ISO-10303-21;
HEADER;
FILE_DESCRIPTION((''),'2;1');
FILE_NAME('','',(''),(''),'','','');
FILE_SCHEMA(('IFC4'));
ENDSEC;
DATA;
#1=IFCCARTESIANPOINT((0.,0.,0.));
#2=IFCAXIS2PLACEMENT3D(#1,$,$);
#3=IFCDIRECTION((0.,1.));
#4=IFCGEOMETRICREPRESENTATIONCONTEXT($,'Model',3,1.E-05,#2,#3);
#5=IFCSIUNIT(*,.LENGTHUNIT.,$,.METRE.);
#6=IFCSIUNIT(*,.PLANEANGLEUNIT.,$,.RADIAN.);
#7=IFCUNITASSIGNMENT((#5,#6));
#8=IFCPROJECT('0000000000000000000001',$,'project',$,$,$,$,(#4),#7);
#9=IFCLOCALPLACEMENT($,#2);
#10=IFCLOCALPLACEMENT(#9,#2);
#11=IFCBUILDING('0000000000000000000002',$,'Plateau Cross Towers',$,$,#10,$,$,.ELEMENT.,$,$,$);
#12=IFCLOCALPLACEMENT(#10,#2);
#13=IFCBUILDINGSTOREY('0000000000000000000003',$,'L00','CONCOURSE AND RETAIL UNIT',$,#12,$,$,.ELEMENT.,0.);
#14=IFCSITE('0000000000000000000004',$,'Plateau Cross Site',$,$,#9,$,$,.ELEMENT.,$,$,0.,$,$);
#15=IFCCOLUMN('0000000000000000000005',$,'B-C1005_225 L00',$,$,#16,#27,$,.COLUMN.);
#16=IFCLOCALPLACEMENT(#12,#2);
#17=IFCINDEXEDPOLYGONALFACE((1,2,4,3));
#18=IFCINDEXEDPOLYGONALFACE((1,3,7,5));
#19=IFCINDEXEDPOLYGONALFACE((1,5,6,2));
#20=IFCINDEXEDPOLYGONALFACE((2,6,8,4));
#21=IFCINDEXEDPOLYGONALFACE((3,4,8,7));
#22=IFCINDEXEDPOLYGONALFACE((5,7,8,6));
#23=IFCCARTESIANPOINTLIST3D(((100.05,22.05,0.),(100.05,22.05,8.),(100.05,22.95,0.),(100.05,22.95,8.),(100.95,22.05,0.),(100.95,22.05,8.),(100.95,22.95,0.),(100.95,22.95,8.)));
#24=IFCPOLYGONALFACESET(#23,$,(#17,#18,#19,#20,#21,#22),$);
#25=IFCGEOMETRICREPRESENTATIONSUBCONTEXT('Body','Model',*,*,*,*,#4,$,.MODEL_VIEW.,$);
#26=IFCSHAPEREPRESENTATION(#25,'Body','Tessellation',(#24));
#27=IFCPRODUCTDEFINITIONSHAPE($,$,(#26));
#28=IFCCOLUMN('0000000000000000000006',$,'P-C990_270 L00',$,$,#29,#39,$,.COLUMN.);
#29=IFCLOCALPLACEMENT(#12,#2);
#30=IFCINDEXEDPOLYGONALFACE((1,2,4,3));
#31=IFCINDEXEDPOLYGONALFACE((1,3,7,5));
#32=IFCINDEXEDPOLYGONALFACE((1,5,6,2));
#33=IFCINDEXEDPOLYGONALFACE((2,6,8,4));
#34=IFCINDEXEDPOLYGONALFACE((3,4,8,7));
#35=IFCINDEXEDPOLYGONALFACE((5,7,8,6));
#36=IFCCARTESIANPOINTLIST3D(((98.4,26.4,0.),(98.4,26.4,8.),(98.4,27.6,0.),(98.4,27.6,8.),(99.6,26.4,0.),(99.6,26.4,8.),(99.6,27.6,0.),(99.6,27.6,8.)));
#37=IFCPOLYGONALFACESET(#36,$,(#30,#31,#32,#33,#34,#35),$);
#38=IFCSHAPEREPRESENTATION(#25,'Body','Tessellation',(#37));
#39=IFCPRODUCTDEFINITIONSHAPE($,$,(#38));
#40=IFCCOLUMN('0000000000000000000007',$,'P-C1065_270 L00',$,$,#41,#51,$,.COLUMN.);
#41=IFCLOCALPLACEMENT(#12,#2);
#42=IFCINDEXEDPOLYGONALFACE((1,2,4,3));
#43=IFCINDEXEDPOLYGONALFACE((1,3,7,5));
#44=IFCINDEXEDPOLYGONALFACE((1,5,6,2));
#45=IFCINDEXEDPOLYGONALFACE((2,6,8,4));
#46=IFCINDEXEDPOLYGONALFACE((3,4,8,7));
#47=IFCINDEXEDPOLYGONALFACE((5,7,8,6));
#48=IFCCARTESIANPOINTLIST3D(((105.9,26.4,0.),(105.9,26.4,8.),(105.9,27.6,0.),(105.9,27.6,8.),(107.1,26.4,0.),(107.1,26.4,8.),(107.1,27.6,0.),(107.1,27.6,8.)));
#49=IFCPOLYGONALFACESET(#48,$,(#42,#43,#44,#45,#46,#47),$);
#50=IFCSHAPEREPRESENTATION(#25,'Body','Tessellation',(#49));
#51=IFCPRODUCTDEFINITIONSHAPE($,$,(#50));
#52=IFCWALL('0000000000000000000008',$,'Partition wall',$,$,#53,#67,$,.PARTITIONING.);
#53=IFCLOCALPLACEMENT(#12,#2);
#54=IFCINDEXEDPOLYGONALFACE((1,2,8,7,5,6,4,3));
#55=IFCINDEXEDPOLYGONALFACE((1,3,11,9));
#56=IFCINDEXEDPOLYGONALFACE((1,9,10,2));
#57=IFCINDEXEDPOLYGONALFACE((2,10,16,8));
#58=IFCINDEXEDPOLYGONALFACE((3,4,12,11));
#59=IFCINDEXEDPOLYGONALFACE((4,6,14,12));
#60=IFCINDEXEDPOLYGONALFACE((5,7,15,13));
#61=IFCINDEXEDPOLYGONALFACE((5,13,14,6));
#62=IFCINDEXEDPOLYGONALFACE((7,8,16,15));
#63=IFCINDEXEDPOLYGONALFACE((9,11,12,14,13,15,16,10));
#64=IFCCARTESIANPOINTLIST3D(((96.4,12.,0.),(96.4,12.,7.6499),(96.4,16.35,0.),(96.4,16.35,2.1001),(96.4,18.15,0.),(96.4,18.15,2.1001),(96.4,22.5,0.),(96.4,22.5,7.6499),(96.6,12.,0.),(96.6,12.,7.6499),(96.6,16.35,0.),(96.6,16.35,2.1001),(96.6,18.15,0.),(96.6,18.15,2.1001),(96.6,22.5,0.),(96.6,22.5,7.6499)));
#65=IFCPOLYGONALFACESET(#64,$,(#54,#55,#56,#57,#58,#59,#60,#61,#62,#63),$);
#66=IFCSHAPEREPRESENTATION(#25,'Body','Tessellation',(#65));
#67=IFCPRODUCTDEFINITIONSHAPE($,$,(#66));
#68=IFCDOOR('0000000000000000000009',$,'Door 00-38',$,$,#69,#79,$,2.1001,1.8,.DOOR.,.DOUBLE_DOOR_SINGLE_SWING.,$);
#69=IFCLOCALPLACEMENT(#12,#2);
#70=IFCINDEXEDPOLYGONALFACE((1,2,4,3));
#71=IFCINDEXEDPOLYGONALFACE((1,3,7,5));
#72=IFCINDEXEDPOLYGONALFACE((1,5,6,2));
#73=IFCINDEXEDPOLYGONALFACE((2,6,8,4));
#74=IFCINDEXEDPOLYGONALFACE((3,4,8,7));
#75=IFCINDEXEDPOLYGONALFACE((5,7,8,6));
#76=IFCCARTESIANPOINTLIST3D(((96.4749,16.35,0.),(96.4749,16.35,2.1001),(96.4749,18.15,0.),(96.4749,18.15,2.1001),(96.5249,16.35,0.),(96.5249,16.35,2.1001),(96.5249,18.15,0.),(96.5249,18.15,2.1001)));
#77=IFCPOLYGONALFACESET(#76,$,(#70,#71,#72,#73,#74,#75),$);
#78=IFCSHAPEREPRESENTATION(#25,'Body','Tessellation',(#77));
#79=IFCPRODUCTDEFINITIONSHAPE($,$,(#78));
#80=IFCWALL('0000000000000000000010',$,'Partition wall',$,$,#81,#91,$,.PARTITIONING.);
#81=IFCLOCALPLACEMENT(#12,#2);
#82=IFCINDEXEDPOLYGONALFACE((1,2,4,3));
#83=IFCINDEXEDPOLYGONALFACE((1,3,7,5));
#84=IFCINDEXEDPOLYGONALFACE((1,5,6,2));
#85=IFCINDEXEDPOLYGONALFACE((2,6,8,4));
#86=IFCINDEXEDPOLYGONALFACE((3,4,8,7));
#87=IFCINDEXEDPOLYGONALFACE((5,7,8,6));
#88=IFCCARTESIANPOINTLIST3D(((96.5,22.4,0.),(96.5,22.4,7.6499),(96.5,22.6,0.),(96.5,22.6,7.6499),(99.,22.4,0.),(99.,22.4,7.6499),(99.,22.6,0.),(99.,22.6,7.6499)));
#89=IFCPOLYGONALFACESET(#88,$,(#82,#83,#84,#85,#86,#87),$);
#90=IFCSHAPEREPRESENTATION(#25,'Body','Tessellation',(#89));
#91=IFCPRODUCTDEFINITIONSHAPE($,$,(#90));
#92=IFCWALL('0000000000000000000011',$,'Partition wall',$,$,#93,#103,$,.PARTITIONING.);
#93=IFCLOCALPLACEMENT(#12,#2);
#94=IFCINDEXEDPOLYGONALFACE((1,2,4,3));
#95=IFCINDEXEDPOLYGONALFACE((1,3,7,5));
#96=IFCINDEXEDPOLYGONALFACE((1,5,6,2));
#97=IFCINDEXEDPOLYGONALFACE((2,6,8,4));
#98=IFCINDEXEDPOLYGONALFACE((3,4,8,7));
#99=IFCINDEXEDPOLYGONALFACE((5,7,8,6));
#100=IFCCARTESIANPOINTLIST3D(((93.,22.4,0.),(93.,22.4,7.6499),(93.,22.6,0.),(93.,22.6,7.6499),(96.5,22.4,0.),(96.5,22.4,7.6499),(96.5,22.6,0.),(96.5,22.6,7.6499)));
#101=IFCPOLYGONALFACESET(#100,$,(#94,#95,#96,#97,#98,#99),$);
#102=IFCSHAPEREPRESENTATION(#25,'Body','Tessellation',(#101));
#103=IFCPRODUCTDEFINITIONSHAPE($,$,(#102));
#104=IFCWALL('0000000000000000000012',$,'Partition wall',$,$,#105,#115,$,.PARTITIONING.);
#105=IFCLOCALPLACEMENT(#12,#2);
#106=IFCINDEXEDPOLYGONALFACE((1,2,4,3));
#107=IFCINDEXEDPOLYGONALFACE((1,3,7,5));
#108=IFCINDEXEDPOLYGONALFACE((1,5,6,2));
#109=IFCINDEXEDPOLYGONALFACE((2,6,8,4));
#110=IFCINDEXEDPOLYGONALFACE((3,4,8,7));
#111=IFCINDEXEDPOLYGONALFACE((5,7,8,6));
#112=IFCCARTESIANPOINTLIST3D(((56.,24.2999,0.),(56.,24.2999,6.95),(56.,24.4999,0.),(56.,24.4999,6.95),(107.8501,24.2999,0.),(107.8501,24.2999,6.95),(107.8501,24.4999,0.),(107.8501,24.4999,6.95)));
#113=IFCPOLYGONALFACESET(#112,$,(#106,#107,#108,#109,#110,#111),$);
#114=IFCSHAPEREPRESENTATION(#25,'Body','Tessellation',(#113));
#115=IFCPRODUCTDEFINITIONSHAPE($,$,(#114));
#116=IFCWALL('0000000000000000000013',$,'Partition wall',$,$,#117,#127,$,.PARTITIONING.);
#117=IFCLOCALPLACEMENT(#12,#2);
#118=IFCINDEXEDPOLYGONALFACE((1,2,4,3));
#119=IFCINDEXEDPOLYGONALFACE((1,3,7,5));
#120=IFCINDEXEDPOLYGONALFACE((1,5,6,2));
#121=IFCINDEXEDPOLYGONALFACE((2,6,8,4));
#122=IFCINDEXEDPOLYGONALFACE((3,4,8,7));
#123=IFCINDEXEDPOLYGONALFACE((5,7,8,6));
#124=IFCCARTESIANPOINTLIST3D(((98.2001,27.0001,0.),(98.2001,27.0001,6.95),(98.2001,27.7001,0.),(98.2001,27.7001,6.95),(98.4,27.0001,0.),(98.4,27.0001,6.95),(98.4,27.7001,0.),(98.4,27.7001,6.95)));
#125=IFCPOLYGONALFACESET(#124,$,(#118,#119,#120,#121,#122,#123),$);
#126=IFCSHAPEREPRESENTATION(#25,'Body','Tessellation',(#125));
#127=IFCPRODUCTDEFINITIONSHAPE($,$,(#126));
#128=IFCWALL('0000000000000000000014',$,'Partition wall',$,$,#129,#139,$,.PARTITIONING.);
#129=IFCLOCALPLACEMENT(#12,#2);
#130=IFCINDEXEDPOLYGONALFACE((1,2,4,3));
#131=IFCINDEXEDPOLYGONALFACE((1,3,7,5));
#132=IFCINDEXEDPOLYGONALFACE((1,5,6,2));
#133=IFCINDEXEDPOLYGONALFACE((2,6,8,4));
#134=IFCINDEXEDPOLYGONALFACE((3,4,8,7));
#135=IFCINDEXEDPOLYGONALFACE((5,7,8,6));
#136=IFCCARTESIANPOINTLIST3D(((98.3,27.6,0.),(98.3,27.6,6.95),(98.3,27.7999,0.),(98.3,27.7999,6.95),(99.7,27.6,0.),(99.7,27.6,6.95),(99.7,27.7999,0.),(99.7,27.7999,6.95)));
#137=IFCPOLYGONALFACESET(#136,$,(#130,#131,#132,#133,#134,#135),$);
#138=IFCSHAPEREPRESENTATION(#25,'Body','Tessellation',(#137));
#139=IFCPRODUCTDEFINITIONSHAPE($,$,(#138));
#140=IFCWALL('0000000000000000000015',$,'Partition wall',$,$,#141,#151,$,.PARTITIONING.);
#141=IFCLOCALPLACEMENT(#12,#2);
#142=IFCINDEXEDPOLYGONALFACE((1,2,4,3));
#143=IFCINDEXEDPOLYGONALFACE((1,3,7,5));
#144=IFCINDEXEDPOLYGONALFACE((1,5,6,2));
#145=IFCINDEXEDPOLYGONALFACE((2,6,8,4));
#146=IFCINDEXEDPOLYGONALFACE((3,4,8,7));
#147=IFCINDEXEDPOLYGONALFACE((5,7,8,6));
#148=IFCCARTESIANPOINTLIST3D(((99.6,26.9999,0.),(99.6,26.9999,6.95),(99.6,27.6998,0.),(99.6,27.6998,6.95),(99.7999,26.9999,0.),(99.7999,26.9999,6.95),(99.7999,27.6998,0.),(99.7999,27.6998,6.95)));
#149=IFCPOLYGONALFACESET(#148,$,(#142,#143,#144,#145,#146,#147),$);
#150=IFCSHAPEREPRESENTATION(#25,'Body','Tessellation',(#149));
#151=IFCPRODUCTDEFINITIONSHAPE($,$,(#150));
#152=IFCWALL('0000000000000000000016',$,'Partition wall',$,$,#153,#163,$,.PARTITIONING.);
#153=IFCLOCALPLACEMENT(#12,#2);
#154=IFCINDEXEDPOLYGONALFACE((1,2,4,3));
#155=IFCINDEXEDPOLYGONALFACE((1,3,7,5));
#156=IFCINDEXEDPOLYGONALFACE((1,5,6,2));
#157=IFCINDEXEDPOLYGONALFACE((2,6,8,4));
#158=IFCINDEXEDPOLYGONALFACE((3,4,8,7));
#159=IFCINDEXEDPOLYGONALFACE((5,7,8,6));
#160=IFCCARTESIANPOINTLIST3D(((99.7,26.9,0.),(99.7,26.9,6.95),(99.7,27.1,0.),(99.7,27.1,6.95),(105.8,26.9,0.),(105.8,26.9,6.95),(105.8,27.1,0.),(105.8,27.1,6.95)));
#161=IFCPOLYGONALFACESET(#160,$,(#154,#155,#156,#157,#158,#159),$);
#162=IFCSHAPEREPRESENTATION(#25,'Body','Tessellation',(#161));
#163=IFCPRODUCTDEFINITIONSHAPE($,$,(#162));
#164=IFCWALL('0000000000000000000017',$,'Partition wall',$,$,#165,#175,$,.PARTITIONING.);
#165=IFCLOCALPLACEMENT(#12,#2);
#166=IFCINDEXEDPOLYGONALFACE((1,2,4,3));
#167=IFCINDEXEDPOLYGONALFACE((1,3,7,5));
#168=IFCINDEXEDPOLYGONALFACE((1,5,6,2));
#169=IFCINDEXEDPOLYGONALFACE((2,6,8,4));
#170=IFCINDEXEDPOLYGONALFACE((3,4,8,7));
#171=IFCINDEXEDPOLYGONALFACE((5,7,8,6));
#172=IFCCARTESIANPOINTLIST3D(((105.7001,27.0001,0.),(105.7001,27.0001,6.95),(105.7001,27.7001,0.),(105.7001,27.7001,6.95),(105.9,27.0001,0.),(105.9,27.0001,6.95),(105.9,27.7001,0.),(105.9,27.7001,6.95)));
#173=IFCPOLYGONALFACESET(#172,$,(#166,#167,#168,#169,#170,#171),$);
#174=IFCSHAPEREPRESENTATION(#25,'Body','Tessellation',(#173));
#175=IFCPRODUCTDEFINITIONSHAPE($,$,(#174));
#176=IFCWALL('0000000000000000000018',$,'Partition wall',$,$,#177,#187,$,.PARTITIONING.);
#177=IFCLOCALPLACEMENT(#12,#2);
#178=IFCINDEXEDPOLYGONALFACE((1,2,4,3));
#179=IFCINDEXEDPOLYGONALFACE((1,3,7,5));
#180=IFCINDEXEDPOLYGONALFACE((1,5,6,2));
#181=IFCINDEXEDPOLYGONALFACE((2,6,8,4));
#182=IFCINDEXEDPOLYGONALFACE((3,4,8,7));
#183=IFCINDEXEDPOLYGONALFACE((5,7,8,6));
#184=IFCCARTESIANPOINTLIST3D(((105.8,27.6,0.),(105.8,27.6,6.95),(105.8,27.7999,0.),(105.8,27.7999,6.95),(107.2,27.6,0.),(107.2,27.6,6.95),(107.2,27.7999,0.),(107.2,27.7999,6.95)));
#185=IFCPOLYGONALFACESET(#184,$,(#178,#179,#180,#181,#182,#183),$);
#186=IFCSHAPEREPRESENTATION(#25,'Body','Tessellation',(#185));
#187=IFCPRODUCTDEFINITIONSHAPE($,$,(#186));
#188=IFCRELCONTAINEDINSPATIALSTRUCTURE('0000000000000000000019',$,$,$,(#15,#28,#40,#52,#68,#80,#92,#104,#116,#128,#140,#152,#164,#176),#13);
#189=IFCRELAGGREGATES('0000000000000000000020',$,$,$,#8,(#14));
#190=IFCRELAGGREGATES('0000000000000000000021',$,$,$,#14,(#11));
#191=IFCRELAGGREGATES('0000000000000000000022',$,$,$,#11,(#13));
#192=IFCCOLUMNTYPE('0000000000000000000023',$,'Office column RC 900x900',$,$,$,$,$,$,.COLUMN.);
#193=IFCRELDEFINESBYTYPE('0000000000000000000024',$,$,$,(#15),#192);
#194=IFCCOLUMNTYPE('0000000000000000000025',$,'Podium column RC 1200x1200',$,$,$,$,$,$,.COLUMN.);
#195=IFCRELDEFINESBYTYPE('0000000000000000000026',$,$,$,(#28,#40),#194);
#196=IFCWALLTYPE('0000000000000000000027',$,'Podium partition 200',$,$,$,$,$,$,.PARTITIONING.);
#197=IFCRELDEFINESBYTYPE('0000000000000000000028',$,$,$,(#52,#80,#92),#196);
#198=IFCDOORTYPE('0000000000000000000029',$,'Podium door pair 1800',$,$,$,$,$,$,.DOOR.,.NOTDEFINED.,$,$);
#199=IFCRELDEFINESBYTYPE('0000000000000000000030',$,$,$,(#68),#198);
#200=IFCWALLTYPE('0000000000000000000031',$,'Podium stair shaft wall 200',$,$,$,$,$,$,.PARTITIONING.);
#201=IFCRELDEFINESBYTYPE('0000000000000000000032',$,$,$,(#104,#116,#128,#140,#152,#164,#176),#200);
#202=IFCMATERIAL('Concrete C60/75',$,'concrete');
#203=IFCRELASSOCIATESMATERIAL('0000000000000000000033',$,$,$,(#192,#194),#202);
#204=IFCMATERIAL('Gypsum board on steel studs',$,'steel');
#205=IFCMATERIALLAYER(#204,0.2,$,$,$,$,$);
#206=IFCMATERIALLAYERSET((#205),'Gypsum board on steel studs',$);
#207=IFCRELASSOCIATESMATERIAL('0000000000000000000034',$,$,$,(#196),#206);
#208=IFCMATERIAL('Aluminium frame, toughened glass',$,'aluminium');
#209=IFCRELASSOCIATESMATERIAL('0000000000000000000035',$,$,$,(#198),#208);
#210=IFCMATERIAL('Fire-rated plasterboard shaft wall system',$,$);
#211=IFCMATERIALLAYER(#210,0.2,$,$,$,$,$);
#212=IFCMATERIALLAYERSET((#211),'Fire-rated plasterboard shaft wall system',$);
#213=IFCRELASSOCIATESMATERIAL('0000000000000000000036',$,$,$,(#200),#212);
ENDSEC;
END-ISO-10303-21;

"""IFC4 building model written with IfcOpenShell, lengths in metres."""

from ifc_helpers import new_model, si_unit, direction, frame, frame_2d, origin, origin_2d, place, context, subcontext, project, spatial, rectangle, extrude, material, layer, layer_set, material_profile, profile_set, type_object, element, fill, save


model = new_model("IFC4")

# Units and contexts
model_context = context("Model", 3, precision=1e-05, world=origin(), true_north=direction((0.0, 1.0)))
body_context = subcontext(model_context, "Body", "Model", "MODEL_VIEW")
ifc_project = project(units=[si_unit("LENGTHUNIT", "METRE"), si_unit("PLANEANGLEUNIT", "RADIAN")], contexts=[model_context])

# Site, building, storey
site_placement = place(None, origin())
site = spatial("IfcSite", under=ifc_project, at=site_placement, Name="Plateau Cross Site", CompositionType="ELEMENT", RefElevation=0.0)
building_placement = place(site_placement, origin())
building = spatial("IfcBuilding", under=site, at=building_placement, Name="Plateau Cross Towers", CompositionType="ELEMENT")
storey_placement = place(building_placement, origin())
storey = spatial("IfcBuildingStorey", under=building, at=storey_placement, Name="L00", Description="CONCOURSE AND RETAIL UNIT", CompositionType="ELEMENT", Elevation=0.0)

# Columns
ifc_material_1 = material(Name="Concrete C60/75", Category="concrete")
ifc_material_profile_1 = material_profile(ifc_material_1, rectangle(XDim=0.8999, YDim=0.8999, at=origin_2d()), Name="RC 900x900")
ifc_profile_set_1 = profile_set([ifc_material_profile_1], Name="Concrete C60/75")
column_type_1 = type_object("IfcColumnType", Name="Office column RC 900x900", PredefinedType="COLUMN", material=ifc_profile_set_1)
column_placement = place(storey_placement, frame((100.5, 22.5, 0.0), z_axis=(0.0, 0.0, 1.0), x_axis=(1.0, 0.0, 0.0)))
element("IfcColumn", 1, at=column_placement, inside=storey, type_object=column_type_1, Name="B-C1005_225 L00", PredefinedType="COLUMN", context=body_context, shape_type="SweptSolid", body=[
    extrude(rectangle(XDim=0.8999, YDim=0.8999, at=origin_2d()), origin(), (0.0, 0.0, 1.0), 8.0),
])
ifc_material_profile_2 = material_profile(ifc_material_1, rectangle(XDim=1.2, YDim=1.2, at=origin_2d()), Name="RC 1200x1200")
ifc_profile_set_2 = profile_set([ifc_material_profile_2], Name="Concrete C60/75")
column_type_2 = type_object("IfcColumnType", Name="Podium column RC 1200x1200", PredefinedType="COLUMN", material=ifc_profile_set_2)
for number, where, z_axis, x_axis, name in (
    (2, (99.0, 27.0, 0.0), (0.0, 0.0, 1.0), (1.0, 0.0, 0.0), "P-C990_270 L00"),
    (3, (106.5, 27.0, 0.0), (0.0, 0.0, 1.0), (1.0, 0.0, 0.0), "P-C1065_270 L00"),
):
    element("IfcColumn", number, at=place(storey_placement, frame(where, z_axis=z_axis, x_axis=x_axis)), inside=storey, type_object=column_type_2, Name=name, PredefinedType="COLUMN", context=body_context, shape_type="SweptSolid", body=[
        extrude(rectangle(XDim=1.2, YDim=1.2, at=origin_2d()), origin(), (0.0, 0.0, 1.0), 8.0),
    ])

# Wall, opening, door
ifc_material_2 = material(Name="Gypsum board on steel studs", Category="steel")
ifc_layer_1 = layer(ifc_material_2, 0.2)
ifc_layer_set_1 = layer_set([ifc_layer_1], Name="Gypsum board on steel studs")
wall_type_1 = type_object("IfcWallType", Name="Podium partition 200", PredefinedType="PARTITIONING", material=ifc_layer_set_1)
wall_1_placement = place(storey_placement, frame((96.5, 22.5, 0.0), z_axis=(0.0, 0.0, 1.0), x_axis=(0.0, -1.0, 0.0)))
wall_1 = element("IfcWall", 4, at=wall_1_placement, inside=storey, type_object=wall_type_1, Name="Partition wall", PredefinedType="PARTITIONING", context=body_context, shape_type="SweptSolid", body=[
    extrude(rectangle(XDim=10.5, YDim=0.2, at=frame_2d((5.25, 0.0))), origin(), (0.0, 0.0, 1.0), 7.6499),
])
opening_placement = place(wall_1_placement, frame((4.3501, 0.0, 0.0)))
opening = element("IfcOpeningElement", 5, at=opening_placement, cuts=wall_1, PredefinedType="OPENING", context=body_context, shape_type="SweptSolid", body=[
    extrude(rectangle(XDim=1.8, YDim=2.1001, at=frame_2d((0.8999, 1.05))), frame((0.0, 0.1099, 0.0), z_axis=(0.0, -1.0, 0.0), x_axis=(1.0, 0.0, 0.0)), (0.0, 0.0, 1.0), 0.22),
])
ifc_material_3 = material(Name="Aluminium frame, toughened glass", Category="aluminium")
door_type = type_object("IfcDoorType", Name="Podium door pair 1800", OperationType="NOTDEFINED", PredefinedType="DOOR", material=ifc_material_3)
door_placement = place(opening_placement, origin())
door = element("IfcDoor", 6, at=door_placement, inside=storey, type_object=door_type, Name="Door 00-38", OperationType="DOUBLE_DOOR_SINGLE_SWING", OverallHeight=2.1001, OverallWidth=1.8, PredefinedType="DOOR", context=body_context, shape_type="SweptSolid", body=[
    extrude(rectangle(XDim=1.8, YDim=2.1001, at=frame_2d((0.8999, 1.05))), frame((0.0, 0.0249, 0.0), z_axis=(0.0, -1.0, 0.0), x_axis=(1.0, 0.0, 0.0)), (0.0, 0.0, 1.0), 0.05),
])
fill(opening, door)

# Walls
wall_2_placement = place(storey_placement, frame((99.0, 22.5, 0.0), z_axis=(0.0, 0.0, 1.0), x_axis=(-1.0, 0.0, 0.0)))
element("IfcWall", 7, at=wall_2_placement, inside=storey, type_object=wall_type_1, Name="Partition wall", PredefinedType="PARTITIONING", context=body_context, shape_type="SweptSolid", body=[
    extrude(rectangle(XDim=2.5, YDim=0.2, at=frame_2d((1.25, 0.0))), origin(), (0.0, 0.0, 1.0), 7.6499),
])
wall_3_placement = place(storey_placement, frame((96.5, 22.5, 0.0), z_axis=(0.0, 0.0, 1.0), x_axis=(-1.0, 0.0, 0.0)))
element("IfcWall", 8, at=wall_3_placement, inside=storey, type_object=wall_type_1, Name="Partition wall", PredefinedType="PARTITIONING", context=body_context, shape_type="SweptSolid", body=[
    extrude(rectangle(XDim=3.5, YDim=0.2, at=frame_2d((1.75, 0.0))), origin(), (0.0, 0.0, 1.0), 7.6499),
])
ifc_material_4 = material(Name="Fire-rated plasterboard shaft wall system")
ifc_layer_2 = layer(ifc_material_4, 0.2)
ifc_layer_set_2 = layer_set([ifc_layer_2], Name="Fire-rated plasterboard shaft wall system")
wall_type_2 = type_object("IfcWallType", Name="Podium stair shaft wall 200", PredefinedType="PARTITIONING", material=ifc_layer_set_2)
wall_4_placement = place(storey_placement, frame((107.8501, 24.3999, 0.0), z_axis=(0.0, 0.0, 1.0), x_axis=(-1.0, 0.0, 0.0)))
element("IfcWall", 9, at=wall_4_placement, inside=storey, type_object=wall_type_2, Name="Partition wall", PredefinedType="PARTITIONING", context=body_context, shape_type="SweptSolid", body=[
    extrude(rectangle(XDim=51.8501, YDim=0.2, at=frame_2d((25.925, 0.0))), origin(), (0.0, 0.0, 1.0), 6.95),
])
wall_5_placement = place(storey_placement, frame((98.3, 27.0, 0.0), z_axis=(0.0, 0.0, 1.0), x_axis=(0.0, 1.0, 0.0)))
element("IfcWall", 10, at=wall_5_placement, inside=storey, type_object=wall_type_2, Name="Partition wall", PredefinedType="PARTITIONING", context=body_context, shape_type="SweptSolid", body=[
    extrude(rectangle(XDim=0.7, YDim=0.2, at=frame_2d((0.3501, 0.0))), origin(), (0.0, 0.0, 1.0), 6.95),
])
wall_6_placement = place(storey_placement, frame((98.3, 27.7, 0.0), z_axis=(0.0, 0.0, 1.0), x_axis=(1.0, 0.0, 0.0)))
element("IfcWall", 11, at=wall_6_placement, inside=storey, type_object=wall_type_2, Name="Partition wall", PredefinedType="PARTITIONING", context=body_context, shape_type="SweptSolid", body=[
    extrude(rectangle(XDim=1.3999, YDim=0.2, at=frame_2d((0.7, 0.0))), origin(), (0.0, 0.0, 1.0), 6.95),
])
wall_7_placement = place(storey_placement, frame((99.7, 27.7, 0.0), z_axis=(0.0, 0.0, 1.0), x_axis=(0.0, -1.0, 0.0)))
element("IfcWall", 12, at=wall_7_placement, inside=storey, type_object=wall_type_2, Name="Partition wall", PredefinedType="PARTITIONING", context=body_context, shape_type="SweptSolid", body=[
    extrude(rectangle(XDim=0.7, YDim=0.2, at=frame_2d((0.3501, 0.0))), origin(), (0.0, 0.0, 1.0), 6.95),
])
wall_8_placement = place(storey_placement, frame((99.7, 27.0, 0.0), z_axis=(0.0, 0.0, 1.0), x_axis=(1.0, 0.0, 0.0)))
element("IfcWall", 13, at=wall_8_placement, inside=storey, type_object=wall_type_2, Name="Partition wall", PredefinedType="PARTITIONING", context=body_context, shape_type="SweptSolid", body=[
    extrude(rectangle(XDim=6.1001, YDim=0.2, at=frame_2d((3.05, 0.0))), origin(), (0.0, 0.0, 1.0), 6.95),
])
wall_9_placement = place(storey_placement, frame((105.8, 27.0, 0.0), z_axis=(0.0, 0.0, 1.0), x_axis=(0.0, 1.0, 0.0)))
element("IfcWall", 14, at=wall_9_placement, inside=storey, type_object=wall_type_2, Name="Partition wall", PredefinedType="PARTITIONING", context=body_context, shape_type="SweptSolid", body=[
    extrude(rectangle(XDim=0.7, YDim=0.2, at=frame_2d((0.3501, 0.0))), origin(), (0.0, 0.0, 1.0), 6.95),
])
wall_10_placement = place(storey_placement, frame((105.8, 27.7, 0.0), z_axis=(0.0, 0.0, 1.0), x_axis=(1.0, 0.0, 0.0)))
element("IfcWall", 15, at=wall_10_placement, inside=storey, type_object=wall_type_2, Name="Partition wall", PredefinedType="PARTITIONING", context=body_context, shape_type="SweptSolid", body=[
    extrude(rectangle(XDim=1.3999, YDim=0.2, at=frame_2d((0.7, 0.0))), origin(), (0.0, 0.0, 1.0), 6.95),
])

save(model, "model.ifc")
